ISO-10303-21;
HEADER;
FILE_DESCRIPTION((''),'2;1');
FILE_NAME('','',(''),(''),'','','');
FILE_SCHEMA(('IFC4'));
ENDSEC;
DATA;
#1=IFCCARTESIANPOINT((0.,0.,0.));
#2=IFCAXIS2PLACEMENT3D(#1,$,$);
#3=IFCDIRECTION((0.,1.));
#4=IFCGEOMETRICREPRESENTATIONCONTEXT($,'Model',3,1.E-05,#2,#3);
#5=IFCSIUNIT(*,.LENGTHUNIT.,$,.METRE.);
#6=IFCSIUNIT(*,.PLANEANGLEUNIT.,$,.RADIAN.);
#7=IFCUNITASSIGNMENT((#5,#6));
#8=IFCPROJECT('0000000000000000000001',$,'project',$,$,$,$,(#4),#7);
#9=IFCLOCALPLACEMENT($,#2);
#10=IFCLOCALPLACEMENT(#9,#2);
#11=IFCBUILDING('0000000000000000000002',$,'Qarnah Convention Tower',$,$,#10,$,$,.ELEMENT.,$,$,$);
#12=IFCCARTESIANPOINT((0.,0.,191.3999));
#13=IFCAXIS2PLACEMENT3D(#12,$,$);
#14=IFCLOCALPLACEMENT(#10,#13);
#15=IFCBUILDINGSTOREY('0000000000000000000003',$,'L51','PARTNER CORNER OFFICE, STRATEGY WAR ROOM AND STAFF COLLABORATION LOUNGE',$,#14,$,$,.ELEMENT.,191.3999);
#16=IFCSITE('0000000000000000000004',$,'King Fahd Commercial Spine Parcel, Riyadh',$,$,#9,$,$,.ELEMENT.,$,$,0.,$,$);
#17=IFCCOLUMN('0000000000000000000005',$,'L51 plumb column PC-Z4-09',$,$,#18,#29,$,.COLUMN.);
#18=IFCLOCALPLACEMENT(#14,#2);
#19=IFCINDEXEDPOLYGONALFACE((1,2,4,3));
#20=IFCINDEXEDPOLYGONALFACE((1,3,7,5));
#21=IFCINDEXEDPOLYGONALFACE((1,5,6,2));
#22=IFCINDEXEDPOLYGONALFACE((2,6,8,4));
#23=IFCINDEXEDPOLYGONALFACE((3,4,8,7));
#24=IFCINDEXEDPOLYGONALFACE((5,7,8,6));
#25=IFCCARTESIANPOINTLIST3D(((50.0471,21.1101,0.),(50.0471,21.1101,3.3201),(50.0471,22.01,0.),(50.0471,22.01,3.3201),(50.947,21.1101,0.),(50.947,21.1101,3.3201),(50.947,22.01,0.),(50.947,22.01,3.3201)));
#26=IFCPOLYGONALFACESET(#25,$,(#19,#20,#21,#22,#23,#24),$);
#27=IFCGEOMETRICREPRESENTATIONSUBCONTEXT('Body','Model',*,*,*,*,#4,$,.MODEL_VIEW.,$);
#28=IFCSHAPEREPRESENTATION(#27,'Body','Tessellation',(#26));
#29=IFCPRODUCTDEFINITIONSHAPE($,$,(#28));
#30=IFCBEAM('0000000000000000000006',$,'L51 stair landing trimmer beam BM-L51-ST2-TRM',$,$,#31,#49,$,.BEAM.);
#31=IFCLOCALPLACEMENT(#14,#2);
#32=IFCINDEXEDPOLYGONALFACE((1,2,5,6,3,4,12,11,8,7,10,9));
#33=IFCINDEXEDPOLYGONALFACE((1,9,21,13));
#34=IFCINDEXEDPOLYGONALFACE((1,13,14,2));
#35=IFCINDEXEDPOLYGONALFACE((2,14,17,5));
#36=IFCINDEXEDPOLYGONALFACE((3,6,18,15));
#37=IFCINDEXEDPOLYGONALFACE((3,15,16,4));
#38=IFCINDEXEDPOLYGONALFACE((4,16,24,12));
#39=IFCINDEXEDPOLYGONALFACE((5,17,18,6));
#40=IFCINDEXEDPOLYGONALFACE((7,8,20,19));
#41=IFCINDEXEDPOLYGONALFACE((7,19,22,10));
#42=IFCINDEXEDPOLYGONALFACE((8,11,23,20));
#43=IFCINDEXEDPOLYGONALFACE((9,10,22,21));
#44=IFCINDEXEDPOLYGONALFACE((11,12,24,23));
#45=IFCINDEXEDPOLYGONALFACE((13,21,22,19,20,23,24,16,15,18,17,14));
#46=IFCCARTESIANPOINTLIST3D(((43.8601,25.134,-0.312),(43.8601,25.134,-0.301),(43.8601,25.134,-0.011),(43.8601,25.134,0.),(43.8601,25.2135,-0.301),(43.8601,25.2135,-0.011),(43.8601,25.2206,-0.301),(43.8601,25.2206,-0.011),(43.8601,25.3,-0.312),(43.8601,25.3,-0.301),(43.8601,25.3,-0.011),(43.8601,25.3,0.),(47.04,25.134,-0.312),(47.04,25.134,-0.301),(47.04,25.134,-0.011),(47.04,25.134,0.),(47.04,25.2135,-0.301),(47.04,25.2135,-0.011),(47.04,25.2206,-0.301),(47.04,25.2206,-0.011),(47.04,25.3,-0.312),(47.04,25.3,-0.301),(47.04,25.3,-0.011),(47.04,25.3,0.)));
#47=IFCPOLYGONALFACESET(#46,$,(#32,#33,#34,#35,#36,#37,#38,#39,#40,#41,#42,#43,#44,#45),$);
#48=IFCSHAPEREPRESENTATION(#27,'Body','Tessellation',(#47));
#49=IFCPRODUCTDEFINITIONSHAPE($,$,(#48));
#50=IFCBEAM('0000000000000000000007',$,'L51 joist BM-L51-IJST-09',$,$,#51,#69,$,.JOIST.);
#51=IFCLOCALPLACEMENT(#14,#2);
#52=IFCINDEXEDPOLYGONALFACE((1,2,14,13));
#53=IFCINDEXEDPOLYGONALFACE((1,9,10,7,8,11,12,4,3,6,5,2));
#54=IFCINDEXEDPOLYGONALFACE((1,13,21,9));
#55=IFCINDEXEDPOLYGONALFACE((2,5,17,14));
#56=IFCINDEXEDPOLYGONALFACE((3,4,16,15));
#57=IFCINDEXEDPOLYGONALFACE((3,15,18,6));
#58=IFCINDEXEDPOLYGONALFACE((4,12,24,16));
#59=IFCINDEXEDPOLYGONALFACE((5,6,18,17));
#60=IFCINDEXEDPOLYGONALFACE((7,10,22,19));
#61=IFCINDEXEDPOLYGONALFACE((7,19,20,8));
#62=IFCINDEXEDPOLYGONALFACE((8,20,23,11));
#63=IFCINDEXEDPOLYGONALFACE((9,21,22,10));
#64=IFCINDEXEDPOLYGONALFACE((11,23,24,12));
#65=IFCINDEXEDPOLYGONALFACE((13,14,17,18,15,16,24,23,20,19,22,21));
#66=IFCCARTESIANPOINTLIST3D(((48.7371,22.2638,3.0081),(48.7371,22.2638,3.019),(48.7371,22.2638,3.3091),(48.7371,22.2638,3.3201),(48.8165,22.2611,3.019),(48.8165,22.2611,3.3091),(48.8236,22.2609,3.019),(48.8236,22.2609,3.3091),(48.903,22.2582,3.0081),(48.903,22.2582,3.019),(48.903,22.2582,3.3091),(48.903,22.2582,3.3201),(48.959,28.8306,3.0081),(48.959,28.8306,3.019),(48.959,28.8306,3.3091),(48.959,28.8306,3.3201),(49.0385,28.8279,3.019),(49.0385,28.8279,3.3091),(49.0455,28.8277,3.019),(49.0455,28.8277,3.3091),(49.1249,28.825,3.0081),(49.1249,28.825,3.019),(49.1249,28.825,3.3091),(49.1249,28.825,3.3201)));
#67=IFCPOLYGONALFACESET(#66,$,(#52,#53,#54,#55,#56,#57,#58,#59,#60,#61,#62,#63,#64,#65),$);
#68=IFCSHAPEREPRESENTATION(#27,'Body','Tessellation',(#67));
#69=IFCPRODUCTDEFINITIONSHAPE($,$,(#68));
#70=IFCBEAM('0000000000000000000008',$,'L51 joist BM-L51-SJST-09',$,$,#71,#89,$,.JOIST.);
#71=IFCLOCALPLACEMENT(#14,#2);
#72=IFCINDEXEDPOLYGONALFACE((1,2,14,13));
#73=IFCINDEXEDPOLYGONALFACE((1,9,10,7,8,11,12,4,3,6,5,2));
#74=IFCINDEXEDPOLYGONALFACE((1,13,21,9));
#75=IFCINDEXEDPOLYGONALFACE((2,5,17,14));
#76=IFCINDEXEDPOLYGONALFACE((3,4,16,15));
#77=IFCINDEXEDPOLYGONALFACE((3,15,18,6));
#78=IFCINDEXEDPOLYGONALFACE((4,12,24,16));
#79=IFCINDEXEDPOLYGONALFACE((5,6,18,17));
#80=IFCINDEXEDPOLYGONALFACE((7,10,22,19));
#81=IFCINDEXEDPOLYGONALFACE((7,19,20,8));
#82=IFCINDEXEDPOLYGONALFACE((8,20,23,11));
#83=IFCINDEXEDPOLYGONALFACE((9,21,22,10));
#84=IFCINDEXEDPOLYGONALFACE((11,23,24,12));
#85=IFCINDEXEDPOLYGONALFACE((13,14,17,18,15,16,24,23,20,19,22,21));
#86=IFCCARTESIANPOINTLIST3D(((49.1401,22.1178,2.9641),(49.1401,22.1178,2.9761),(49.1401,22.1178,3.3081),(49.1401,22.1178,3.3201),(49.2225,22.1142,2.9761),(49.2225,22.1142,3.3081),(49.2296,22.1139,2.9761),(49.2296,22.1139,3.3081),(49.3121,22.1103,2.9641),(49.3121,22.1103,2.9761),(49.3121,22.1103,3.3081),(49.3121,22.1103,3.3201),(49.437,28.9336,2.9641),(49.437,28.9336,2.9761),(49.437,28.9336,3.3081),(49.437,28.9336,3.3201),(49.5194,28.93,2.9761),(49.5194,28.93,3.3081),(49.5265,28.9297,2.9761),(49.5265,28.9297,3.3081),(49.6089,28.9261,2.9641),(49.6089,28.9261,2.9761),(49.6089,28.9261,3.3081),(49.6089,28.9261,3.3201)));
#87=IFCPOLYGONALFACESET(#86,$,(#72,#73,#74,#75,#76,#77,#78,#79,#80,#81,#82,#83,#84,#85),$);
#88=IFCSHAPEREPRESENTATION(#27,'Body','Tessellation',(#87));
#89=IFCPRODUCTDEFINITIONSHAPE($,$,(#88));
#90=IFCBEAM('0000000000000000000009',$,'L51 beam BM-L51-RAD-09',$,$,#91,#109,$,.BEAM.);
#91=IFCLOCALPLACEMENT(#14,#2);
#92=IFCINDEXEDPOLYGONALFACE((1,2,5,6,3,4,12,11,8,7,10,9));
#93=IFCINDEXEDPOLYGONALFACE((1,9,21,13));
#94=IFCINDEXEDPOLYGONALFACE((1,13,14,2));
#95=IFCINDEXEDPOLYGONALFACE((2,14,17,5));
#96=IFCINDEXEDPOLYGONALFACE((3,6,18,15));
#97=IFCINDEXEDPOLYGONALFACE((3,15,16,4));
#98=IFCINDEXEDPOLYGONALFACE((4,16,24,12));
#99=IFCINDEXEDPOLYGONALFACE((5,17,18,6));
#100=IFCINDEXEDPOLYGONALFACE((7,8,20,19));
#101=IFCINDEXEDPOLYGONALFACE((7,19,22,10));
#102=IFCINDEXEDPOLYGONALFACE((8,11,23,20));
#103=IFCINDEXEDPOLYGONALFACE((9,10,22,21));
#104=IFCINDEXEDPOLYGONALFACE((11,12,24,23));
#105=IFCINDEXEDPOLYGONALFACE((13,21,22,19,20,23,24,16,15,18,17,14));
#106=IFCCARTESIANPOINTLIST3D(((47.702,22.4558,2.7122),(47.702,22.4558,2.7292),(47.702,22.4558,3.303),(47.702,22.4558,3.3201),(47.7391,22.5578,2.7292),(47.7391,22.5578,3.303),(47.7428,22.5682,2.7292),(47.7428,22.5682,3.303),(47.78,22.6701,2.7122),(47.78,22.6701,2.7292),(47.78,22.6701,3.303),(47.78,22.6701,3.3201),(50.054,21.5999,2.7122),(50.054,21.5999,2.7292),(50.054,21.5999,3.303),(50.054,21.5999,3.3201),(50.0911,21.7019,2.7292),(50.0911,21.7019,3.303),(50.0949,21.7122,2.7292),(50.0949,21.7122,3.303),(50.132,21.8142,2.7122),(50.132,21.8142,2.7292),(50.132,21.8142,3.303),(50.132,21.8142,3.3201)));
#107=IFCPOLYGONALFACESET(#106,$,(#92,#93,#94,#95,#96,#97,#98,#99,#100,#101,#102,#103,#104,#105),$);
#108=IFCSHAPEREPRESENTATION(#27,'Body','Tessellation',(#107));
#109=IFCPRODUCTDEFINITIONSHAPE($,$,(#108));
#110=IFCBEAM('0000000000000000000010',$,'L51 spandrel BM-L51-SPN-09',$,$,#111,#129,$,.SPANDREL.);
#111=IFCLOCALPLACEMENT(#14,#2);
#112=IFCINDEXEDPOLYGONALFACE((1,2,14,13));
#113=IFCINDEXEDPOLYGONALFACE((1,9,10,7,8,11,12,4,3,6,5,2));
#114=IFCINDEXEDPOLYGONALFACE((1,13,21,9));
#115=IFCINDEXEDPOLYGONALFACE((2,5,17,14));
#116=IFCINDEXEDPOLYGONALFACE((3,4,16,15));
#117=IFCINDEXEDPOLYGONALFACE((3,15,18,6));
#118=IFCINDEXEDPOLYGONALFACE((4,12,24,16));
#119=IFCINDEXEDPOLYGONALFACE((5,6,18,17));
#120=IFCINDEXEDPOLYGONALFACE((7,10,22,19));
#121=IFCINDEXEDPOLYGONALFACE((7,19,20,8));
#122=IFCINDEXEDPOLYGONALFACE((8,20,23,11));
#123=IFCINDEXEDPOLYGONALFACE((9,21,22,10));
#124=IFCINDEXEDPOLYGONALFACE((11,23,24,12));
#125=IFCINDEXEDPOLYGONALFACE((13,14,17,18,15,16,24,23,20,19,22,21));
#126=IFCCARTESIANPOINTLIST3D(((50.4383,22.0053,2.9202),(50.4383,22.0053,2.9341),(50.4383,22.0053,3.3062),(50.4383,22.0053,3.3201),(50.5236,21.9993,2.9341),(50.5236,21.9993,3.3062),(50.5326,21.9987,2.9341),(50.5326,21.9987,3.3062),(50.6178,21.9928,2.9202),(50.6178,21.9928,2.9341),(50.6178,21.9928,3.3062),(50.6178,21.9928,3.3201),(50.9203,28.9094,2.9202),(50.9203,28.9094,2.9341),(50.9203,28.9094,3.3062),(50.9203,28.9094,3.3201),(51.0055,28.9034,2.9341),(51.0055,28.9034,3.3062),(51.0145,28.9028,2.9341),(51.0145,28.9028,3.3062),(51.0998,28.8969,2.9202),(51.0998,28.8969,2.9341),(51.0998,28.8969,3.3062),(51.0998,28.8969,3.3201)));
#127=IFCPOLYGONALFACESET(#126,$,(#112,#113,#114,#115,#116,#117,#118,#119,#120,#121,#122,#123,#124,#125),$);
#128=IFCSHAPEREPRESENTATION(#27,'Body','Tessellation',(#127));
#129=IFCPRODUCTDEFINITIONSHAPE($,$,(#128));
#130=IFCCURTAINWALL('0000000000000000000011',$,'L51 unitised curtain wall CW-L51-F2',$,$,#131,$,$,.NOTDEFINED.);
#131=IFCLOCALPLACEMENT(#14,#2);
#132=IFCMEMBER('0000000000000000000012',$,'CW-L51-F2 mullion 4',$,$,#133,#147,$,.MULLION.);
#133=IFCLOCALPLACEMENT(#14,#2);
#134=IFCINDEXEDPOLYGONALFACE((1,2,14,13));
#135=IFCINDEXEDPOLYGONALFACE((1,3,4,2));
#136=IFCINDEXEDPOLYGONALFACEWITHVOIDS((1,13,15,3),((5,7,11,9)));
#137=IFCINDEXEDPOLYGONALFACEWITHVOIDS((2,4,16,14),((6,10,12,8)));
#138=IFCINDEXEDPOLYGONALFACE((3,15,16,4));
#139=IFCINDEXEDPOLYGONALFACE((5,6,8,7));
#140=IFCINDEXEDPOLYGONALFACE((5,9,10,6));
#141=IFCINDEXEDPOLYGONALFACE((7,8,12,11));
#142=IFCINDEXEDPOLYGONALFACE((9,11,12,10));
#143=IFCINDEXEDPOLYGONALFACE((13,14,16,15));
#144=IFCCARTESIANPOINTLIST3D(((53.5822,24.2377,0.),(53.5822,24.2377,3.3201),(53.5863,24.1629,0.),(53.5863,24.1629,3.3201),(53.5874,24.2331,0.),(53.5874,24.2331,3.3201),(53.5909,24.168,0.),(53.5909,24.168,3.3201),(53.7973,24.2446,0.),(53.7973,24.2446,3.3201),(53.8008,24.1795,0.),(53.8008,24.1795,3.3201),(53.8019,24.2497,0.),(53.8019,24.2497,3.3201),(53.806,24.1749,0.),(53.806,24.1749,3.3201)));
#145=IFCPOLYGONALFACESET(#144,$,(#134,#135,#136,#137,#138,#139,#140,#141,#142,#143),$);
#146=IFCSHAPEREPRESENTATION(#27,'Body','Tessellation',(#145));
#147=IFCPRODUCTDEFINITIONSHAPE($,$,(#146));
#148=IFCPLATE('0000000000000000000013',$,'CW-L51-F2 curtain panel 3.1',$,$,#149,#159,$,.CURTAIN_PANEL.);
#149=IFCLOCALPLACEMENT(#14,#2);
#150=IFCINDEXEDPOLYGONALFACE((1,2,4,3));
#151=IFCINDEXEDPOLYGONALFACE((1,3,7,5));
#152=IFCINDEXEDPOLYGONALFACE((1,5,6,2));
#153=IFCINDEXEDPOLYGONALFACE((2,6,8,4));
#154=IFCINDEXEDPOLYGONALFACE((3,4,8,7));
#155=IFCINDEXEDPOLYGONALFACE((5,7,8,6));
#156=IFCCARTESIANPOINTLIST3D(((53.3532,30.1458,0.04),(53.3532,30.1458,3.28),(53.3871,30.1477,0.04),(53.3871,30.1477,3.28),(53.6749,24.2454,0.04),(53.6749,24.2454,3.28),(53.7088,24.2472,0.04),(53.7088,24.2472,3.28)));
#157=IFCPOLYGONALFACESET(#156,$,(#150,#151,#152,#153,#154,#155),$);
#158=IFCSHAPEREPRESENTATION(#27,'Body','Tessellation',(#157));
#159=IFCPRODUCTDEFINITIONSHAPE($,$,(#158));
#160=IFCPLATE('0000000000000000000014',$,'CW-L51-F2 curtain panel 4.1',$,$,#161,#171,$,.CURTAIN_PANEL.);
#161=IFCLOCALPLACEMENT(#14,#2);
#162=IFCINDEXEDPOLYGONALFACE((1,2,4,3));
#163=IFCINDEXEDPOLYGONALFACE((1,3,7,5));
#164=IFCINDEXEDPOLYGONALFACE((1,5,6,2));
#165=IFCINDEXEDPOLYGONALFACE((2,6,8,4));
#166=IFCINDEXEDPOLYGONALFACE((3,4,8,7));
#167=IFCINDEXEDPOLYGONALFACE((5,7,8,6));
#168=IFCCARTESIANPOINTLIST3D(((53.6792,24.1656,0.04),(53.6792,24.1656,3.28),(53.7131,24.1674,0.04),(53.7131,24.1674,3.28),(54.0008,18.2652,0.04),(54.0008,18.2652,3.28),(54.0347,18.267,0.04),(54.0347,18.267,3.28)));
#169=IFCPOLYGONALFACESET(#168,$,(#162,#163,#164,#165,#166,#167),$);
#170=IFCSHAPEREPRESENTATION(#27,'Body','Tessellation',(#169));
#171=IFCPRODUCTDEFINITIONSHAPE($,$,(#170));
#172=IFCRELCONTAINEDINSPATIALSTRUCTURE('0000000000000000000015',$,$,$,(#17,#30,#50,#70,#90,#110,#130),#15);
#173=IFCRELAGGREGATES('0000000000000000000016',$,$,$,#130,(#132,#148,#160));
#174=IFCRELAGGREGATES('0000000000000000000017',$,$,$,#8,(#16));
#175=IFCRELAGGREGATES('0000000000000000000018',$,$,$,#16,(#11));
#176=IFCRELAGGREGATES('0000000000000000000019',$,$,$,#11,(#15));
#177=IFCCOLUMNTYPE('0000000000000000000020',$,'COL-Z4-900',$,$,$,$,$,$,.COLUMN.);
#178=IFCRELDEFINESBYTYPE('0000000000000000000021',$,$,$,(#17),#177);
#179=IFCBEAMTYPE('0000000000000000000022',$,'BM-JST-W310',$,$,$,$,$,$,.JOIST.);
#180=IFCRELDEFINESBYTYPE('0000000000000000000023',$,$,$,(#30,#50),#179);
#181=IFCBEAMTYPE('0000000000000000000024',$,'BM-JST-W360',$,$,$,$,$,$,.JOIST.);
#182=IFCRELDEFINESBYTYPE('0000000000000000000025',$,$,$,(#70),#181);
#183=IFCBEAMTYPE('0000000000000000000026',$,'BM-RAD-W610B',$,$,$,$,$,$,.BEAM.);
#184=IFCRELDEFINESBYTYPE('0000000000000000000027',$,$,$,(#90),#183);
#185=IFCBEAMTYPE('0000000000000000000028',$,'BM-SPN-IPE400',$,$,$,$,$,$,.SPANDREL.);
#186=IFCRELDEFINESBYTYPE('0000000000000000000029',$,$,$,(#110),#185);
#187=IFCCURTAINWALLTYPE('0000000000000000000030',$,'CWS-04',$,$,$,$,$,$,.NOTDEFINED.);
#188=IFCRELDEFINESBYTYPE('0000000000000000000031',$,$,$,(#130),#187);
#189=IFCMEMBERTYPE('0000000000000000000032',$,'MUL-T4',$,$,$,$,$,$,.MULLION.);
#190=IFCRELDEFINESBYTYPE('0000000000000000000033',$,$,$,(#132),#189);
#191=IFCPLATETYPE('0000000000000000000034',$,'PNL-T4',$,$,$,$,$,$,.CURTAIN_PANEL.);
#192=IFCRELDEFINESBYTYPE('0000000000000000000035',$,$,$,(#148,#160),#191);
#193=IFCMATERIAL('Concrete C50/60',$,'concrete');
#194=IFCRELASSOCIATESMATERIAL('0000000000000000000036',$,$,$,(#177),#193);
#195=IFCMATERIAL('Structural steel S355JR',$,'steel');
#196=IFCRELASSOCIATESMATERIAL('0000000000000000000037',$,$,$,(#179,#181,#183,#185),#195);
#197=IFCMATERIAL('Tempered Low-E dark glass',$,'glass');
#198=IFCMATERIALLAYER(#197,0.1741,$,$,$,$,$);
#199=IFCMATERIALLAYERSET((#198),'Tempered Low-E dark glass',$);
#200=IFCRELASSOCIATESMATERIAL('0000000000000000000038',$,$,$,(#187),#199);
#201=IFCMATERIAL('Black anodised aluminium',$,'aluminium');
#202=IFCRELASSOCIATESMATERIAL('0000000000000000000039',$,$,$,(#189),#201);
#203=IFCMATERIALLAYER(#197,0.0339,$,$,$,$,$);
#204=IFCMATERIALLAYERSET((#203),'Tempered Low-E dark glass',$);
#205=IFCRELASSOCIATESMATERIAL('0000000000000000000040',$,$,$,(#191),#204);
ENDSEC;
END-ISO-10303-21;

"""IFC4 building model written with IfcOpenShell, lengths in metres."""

from ifc_helpers import new_model, si_unit, direction, frame, origin, origin_2d, place, context, subcontext, project, spatial, rectangle, hollow_rectangle, i_section, extrude, material, layer, layer_set, material_profile, profile_set, type_object, element, aggregate, save


model = new_model("IFC4")

# Units and contexts
model_context = context("Model", 3, precision=1e-05, world=origin(), true_north=direction((0.0, 1.0)))
body_context = subcontext(model_context, "Body", "Model", "MODEL_VIEW")
ifc_project = project(units=[si_unit("LENGTHUNIT", "METRE"), si_unit("PLANEANGLEUNIT", "RADIAN")], contexts=[model_context])

# Site, building, storey
site_placement = place(None, origin())
site = spatial("IfcSite", under=ifc_project, at=site_placement, Name="King Fahd Commercial Spine Parcel, Riyadh", CompositionType="ELEMENT", RefElevation=0.0)
building_placement = place(site_placement, origin())
building = spatial("IfcBuilding", under=site, at=building_placement, Name="Qarnah Convention Tower", CompositionType="ELEMENT")
storey_placement = place(building_placement, frame((0.0, 0.0, 191.3999)))
storey = spatial("IfcBuildingStorey", under=building, at=storey_placement, Name="L51", Description="PARTNER CORNER OFFICE, STRATEGY WAR ROOM AND STAFF COLLABORATION LOUNGE", CompositionType="ELEMENT", Elevation=191.3999)

# Column
ifc_material_1 = material(Name="Concrete C50/60", Category="concrete")
ifc_material_profile_1 = material_profile(ifc_material_1, rectangle(XDim=0.8999, YDim=0.8999, at=origin_2d()), Name="RC-COL-900X900")
ifc_profile_set_1 = profile_set([ifc_material_profile_1], Name="Concrete C50/60")
column_type = type_object("IfcColumnType", Name="COL-Z4-900", PredefinedType="COLUMN", material=ifc_profile_set_1)
column_placement = place(storey_placement, frame((50.4971, 21.5601, 0.0), z_axis=(0.0, 0.0, 1.0), x_axis=(1.0, 0.0, 0.0)))
element("IfcColumn", 1, at=column_placement, inside=storey, type_object=column_type, Name="L51 plumb column PC-Z4-09", PredefinedType="COLUMN", context=body_context, shape_type="SweptSolid", body=[
    extrude(rectangle(XDim=0.8999, YDim=0.8999, at=origin_2d()), origin(), (0.0, 0.0, 1.0), 3.3201),
])

# Beams
ifc_material_2 = material(Name="Structural steel S355JR", Category="steel")
ifc_material_profile_2 = material_profile(ifc_material_2, i_section(OverallWidth=0.166, OverallDepth=0.312, WebThickness=0.0071, FlangeThickness=0.011, at=origin_2d()), Name="W310X45")
ifc_profile_set_2 = profile_set([ifc_material_profile_2], Name="Structural steel S355JR")
beam_type_1 = type_object("IfcBeamType", Name="BM-JST-W310", PredefinedType="JOIST", material=ifc_profile_set_2)
beam_1_placement = place(storey_placement, frame((43.8601, 25.217, -0.156), z_axis=(1.0, 0.0, 0.0), x_axis=(0.0, 1.0, 0.0)))
element("IfcBeam", 2, at=beam_1_placement, inside=storey, type_object=beam_type_1, Name="L51 stair landing trimmer beam BM-L51-ST2-TRM", PredefinedType="BEAM", context=body_context, shape_type="SweptSolid", body=[
    extrude(i_section(OverallWidth=0.166, OverallDepth=0.312, WebThickness=0.0071, FlangeThickness=0.011, at=origin_2d()), origin(), (0.0, 0.0, 1.0), 3.1799),
])
beam_2_placement = place(storey_placement, frame((48.8201, 22.261, 3.1641), z_axis=(0.033775, 0.999429, 0.0), x_axis=(-0.999429, 0.033775, 0.0)))
element("IfcBeam", 3, at=beam_2_placement, inside=storey, type_object=beam_type_1, Name="L51 joist BM-L51-IJST-09", PredefinedType="JOIST", context=body_context, shape_type="SweptSolid", body=[
    extrude(i_section(OverallWidth=0.166, OverallDepth=0.312, WebThickness=0.0071, FlangeThickness=0.011, at=origin_2d()), origin(), (0.0, 0.0, 1.0), 6.5706),
])
ifc_material_profile_3 = material_profile(ifc_material_2, i_section(OverallWidth=0.1721, OverallDepth=0.356, WebThickness=0.0071, FlangeThickness=0.012, at=origin_2d()), Name="W360X51")
ifc_profile_set_3 = profile_set([ifc_material_profile_3], Name="Structural steel S355JR")
beam_type_2 = type_object("IfcBeamType", Name="BM-JST-W360", PredefinedType="JOIST", material=ifc_profile_set_3)
beam_3_placement = place(storey_placement, frame((49.2261, 22.114, 3.1421), z_axis=(0.043515, 0.999053, 0.0), x_axis=(-0.999053, 0.043515, 0.0)))
element("IfcBeam", 4, at=beam_3_placement, inside=storey, type_object=beam_type_2, Name="L51 joist BM-L51-SJST-09", PredefinedType="JOIST", context=body_context, shape_type="SweptSolid", body=[
    extrude(i_section(OverallWidth=0.1721, OverallDepth=0.356, WebThickness=0.0071, FlangeThickness=0.012, at=origin_2d()), origin(), (0.0, 0.0, 1.0), 6.8223),
])
ifc_material_profile_4 = material_profile(ifc_material_2, i_section(OverallWidth=0.228, OverallDepth=0.6079, WebThickness=0.011, FlangeThickness=0.0171, at=origin_2d()), Name="W610X113")
ifc_profile_set_4 = profile_set([ifc_material_profile_4], Name="Structural steel S355JR")
beam_type_3 = type_object("IfcBeamType", Name="BM-RAD-W610B", PredefinedType="BEAM", material=ifc_profile_set_4)
beam_4_placement = place(storey_placement, frame((47.741, 22.563, 3.0161), z_axis=(0.939708, -0.341978, 0.0), x_axis=(0.341978, 0.939708, 0.0)))
element("IfcBeam", 5, at=beam_4_placement, inside=storey, type_object=beam_type_3, Name="L51 beam BM-L51-RAD-09", PredefinedType="BEAM", context=body_context, shape_type="SweptSolid", body=[
    extrude(i_section(OverallWidth=0.228, OverallDepth=0.6079, WebThickness=0.011, FlangeThickness=0.0171, at=origin_2d()), origin(), (0.0, 0.0, 1.0), 2.5029),
])
ifc_material_profile_5 = material_profile(ifc_material_2, i_section(OverallWidth=0.1799, OverallDepth=0.3999, WebThickness=0.009, FlangeThickness=0.0139, at=origin_2d()), Name="IPE400")
ifc_profile_set_5 = profile_set([ifc_material_profile_5], Name="Structural steel S355JR")
beam_type_4 = type_object("IfcBeamType", Name="BM-SPN-IPE400", PredefinedType="SPANDREL", material=ifc_profile_set_5)
beam_5_placement = place(storey_placement, frame((50.5281, 21.999, 3.1201), z_axis=(0.069635, 0.997573, 0.0), x_axis=(-0.997573, 0.069635, 0.0)))
element("IfcBeam", 6, at=beam_5_placement, inside=storey, type_object=beam_type_4, Name="L51 spandrel BM-L51-SPN-09", PredefinedType="SPANDREL", context=body_context, shape_type="SweptSolid", body=[
    extrude(i_section(OverallWidth=0.1799, OverallDepth=0.3999, WebThickness=0.009, FlangeThickness=0.0139, at=origin_2d()), origin(), (0.0, 0.0, 1.0), 6.9209),
])

# Curtain wall, member, plates
ifc_material_3 = material(Name="Tempered Low-E dark glass", Category="glass")
ifc_layer_1 = layer(ifc_material_3, 0.1741)
ifc_layer_set_1 = layer_set([ifc_layer_1], Name="Tempered Low-E dark glass")
curtain_wall_type = type_object("IfcCurtainWallType", Name="CWS-04", PredefinedType="NOTDEFINED", material=ifc_layer_set_1)
curtain_wall_placement = place(storey_placement, origin())
curtain_wall = element("IfcCurtainWall", 7, at=curtain_wall_placement, inside=storey, type_object=curtain_wall_type, Name="L51 unitised curtain wall CW-L51-F2", PredefinedType="NOTDEFINED")
ifc_material_4 = material(Name="Black anodised aluminium", Category="aluminium")
ifc_material_profile_6 = material_profile(ifc_material_4, hollow_rectangle(XDim=0.075, YDim=0.22, WallThickness=0.0049, at=origin_2d()), Name="MUL-75X220")
ifc_profile_set_6 = profile_set([ifc_material_profile_6], Name="Black anodised aluminium")
member_type = type_object("IfcMemberType", Name="MUL-T4", PredefinedType="MULLION", material=ifc_profile_set_6)
member_placement = place(storey_placement, frame((53.6941, 24.2063, 0.0), z_axis=(0.0, 0.0, 1.0), x_axis=(0.054432, -0.998517, 0.0)))
member = element("IfcMember", 8, at=member_placement, type_object=member_type, Name="CW-L51-F2 mullion 4", PredefinedType="MULLION", context=body_context, shape_type="SweptSolid", body=[
    extrude(hollow_rectangle(XDim=0.075, YDim=0.22, WallThickness=0.0049, at=origin_2d()), origin(), (0.0, 0.0, 1.0), 3.3201),
])
ifc_layer_2 = layer(ifc_material_3, 0.0339)
ifc_layer_set_2 = layer_set([ifc_layer_2], Name="Tempered Low-E dark glass")
plate_type = type_object("IfcPlateType", Name="PNL-T4", PredefinedType="CURTAIN_PANEL", material=ifc_layer_set_2)
plate_1_placement = place(storey_placement, frame((53.531, 27.1965, 0.04), z_axis=(0.0, 0.0, 1.0), x_axis=(0.054432, -0.998517, 0.0)))
plate_1 = element("IfcPlate", 9, at=plate_1_placement, type_object=plate_type, Name="CW-L51-F2 curtain panel 3.1", PredefinedType="CURTAIN_PANEL", context=body_context, shape_type="SweptSolid", body=[
    extrude(rectangle(XDim=5.9092, YDim=0.0339, at=origin_2d()), origin(), (0.0, 0.0, 1.0), 3.24),
])
plate_2_placement = place(storey_placement, frame((53.8569, 21.2163, 0.04), z_axis=(0.0, 0.0, 1.0), x_axis=(0.054432, -0.998517, 0.0)))
plate_2 = element("IfcPlate", 10, at=plate_2_placement, type_object=plate_type, Name="CW-L51-F2 curtain panel 4.1", PredefinedType="CURTAIN_PANEL", context=body_context, shape_type="SweptSolid", body=[
    extrude(rectangle(XDim=5.9092, YDim=0.0339, at=origin_2d()), origin(), (0.0, 0.0, 1.0), 3.24),
])
aggregate(curtain_wall, [member, plate_1, plate_2])

save(model, "model.ifc")
